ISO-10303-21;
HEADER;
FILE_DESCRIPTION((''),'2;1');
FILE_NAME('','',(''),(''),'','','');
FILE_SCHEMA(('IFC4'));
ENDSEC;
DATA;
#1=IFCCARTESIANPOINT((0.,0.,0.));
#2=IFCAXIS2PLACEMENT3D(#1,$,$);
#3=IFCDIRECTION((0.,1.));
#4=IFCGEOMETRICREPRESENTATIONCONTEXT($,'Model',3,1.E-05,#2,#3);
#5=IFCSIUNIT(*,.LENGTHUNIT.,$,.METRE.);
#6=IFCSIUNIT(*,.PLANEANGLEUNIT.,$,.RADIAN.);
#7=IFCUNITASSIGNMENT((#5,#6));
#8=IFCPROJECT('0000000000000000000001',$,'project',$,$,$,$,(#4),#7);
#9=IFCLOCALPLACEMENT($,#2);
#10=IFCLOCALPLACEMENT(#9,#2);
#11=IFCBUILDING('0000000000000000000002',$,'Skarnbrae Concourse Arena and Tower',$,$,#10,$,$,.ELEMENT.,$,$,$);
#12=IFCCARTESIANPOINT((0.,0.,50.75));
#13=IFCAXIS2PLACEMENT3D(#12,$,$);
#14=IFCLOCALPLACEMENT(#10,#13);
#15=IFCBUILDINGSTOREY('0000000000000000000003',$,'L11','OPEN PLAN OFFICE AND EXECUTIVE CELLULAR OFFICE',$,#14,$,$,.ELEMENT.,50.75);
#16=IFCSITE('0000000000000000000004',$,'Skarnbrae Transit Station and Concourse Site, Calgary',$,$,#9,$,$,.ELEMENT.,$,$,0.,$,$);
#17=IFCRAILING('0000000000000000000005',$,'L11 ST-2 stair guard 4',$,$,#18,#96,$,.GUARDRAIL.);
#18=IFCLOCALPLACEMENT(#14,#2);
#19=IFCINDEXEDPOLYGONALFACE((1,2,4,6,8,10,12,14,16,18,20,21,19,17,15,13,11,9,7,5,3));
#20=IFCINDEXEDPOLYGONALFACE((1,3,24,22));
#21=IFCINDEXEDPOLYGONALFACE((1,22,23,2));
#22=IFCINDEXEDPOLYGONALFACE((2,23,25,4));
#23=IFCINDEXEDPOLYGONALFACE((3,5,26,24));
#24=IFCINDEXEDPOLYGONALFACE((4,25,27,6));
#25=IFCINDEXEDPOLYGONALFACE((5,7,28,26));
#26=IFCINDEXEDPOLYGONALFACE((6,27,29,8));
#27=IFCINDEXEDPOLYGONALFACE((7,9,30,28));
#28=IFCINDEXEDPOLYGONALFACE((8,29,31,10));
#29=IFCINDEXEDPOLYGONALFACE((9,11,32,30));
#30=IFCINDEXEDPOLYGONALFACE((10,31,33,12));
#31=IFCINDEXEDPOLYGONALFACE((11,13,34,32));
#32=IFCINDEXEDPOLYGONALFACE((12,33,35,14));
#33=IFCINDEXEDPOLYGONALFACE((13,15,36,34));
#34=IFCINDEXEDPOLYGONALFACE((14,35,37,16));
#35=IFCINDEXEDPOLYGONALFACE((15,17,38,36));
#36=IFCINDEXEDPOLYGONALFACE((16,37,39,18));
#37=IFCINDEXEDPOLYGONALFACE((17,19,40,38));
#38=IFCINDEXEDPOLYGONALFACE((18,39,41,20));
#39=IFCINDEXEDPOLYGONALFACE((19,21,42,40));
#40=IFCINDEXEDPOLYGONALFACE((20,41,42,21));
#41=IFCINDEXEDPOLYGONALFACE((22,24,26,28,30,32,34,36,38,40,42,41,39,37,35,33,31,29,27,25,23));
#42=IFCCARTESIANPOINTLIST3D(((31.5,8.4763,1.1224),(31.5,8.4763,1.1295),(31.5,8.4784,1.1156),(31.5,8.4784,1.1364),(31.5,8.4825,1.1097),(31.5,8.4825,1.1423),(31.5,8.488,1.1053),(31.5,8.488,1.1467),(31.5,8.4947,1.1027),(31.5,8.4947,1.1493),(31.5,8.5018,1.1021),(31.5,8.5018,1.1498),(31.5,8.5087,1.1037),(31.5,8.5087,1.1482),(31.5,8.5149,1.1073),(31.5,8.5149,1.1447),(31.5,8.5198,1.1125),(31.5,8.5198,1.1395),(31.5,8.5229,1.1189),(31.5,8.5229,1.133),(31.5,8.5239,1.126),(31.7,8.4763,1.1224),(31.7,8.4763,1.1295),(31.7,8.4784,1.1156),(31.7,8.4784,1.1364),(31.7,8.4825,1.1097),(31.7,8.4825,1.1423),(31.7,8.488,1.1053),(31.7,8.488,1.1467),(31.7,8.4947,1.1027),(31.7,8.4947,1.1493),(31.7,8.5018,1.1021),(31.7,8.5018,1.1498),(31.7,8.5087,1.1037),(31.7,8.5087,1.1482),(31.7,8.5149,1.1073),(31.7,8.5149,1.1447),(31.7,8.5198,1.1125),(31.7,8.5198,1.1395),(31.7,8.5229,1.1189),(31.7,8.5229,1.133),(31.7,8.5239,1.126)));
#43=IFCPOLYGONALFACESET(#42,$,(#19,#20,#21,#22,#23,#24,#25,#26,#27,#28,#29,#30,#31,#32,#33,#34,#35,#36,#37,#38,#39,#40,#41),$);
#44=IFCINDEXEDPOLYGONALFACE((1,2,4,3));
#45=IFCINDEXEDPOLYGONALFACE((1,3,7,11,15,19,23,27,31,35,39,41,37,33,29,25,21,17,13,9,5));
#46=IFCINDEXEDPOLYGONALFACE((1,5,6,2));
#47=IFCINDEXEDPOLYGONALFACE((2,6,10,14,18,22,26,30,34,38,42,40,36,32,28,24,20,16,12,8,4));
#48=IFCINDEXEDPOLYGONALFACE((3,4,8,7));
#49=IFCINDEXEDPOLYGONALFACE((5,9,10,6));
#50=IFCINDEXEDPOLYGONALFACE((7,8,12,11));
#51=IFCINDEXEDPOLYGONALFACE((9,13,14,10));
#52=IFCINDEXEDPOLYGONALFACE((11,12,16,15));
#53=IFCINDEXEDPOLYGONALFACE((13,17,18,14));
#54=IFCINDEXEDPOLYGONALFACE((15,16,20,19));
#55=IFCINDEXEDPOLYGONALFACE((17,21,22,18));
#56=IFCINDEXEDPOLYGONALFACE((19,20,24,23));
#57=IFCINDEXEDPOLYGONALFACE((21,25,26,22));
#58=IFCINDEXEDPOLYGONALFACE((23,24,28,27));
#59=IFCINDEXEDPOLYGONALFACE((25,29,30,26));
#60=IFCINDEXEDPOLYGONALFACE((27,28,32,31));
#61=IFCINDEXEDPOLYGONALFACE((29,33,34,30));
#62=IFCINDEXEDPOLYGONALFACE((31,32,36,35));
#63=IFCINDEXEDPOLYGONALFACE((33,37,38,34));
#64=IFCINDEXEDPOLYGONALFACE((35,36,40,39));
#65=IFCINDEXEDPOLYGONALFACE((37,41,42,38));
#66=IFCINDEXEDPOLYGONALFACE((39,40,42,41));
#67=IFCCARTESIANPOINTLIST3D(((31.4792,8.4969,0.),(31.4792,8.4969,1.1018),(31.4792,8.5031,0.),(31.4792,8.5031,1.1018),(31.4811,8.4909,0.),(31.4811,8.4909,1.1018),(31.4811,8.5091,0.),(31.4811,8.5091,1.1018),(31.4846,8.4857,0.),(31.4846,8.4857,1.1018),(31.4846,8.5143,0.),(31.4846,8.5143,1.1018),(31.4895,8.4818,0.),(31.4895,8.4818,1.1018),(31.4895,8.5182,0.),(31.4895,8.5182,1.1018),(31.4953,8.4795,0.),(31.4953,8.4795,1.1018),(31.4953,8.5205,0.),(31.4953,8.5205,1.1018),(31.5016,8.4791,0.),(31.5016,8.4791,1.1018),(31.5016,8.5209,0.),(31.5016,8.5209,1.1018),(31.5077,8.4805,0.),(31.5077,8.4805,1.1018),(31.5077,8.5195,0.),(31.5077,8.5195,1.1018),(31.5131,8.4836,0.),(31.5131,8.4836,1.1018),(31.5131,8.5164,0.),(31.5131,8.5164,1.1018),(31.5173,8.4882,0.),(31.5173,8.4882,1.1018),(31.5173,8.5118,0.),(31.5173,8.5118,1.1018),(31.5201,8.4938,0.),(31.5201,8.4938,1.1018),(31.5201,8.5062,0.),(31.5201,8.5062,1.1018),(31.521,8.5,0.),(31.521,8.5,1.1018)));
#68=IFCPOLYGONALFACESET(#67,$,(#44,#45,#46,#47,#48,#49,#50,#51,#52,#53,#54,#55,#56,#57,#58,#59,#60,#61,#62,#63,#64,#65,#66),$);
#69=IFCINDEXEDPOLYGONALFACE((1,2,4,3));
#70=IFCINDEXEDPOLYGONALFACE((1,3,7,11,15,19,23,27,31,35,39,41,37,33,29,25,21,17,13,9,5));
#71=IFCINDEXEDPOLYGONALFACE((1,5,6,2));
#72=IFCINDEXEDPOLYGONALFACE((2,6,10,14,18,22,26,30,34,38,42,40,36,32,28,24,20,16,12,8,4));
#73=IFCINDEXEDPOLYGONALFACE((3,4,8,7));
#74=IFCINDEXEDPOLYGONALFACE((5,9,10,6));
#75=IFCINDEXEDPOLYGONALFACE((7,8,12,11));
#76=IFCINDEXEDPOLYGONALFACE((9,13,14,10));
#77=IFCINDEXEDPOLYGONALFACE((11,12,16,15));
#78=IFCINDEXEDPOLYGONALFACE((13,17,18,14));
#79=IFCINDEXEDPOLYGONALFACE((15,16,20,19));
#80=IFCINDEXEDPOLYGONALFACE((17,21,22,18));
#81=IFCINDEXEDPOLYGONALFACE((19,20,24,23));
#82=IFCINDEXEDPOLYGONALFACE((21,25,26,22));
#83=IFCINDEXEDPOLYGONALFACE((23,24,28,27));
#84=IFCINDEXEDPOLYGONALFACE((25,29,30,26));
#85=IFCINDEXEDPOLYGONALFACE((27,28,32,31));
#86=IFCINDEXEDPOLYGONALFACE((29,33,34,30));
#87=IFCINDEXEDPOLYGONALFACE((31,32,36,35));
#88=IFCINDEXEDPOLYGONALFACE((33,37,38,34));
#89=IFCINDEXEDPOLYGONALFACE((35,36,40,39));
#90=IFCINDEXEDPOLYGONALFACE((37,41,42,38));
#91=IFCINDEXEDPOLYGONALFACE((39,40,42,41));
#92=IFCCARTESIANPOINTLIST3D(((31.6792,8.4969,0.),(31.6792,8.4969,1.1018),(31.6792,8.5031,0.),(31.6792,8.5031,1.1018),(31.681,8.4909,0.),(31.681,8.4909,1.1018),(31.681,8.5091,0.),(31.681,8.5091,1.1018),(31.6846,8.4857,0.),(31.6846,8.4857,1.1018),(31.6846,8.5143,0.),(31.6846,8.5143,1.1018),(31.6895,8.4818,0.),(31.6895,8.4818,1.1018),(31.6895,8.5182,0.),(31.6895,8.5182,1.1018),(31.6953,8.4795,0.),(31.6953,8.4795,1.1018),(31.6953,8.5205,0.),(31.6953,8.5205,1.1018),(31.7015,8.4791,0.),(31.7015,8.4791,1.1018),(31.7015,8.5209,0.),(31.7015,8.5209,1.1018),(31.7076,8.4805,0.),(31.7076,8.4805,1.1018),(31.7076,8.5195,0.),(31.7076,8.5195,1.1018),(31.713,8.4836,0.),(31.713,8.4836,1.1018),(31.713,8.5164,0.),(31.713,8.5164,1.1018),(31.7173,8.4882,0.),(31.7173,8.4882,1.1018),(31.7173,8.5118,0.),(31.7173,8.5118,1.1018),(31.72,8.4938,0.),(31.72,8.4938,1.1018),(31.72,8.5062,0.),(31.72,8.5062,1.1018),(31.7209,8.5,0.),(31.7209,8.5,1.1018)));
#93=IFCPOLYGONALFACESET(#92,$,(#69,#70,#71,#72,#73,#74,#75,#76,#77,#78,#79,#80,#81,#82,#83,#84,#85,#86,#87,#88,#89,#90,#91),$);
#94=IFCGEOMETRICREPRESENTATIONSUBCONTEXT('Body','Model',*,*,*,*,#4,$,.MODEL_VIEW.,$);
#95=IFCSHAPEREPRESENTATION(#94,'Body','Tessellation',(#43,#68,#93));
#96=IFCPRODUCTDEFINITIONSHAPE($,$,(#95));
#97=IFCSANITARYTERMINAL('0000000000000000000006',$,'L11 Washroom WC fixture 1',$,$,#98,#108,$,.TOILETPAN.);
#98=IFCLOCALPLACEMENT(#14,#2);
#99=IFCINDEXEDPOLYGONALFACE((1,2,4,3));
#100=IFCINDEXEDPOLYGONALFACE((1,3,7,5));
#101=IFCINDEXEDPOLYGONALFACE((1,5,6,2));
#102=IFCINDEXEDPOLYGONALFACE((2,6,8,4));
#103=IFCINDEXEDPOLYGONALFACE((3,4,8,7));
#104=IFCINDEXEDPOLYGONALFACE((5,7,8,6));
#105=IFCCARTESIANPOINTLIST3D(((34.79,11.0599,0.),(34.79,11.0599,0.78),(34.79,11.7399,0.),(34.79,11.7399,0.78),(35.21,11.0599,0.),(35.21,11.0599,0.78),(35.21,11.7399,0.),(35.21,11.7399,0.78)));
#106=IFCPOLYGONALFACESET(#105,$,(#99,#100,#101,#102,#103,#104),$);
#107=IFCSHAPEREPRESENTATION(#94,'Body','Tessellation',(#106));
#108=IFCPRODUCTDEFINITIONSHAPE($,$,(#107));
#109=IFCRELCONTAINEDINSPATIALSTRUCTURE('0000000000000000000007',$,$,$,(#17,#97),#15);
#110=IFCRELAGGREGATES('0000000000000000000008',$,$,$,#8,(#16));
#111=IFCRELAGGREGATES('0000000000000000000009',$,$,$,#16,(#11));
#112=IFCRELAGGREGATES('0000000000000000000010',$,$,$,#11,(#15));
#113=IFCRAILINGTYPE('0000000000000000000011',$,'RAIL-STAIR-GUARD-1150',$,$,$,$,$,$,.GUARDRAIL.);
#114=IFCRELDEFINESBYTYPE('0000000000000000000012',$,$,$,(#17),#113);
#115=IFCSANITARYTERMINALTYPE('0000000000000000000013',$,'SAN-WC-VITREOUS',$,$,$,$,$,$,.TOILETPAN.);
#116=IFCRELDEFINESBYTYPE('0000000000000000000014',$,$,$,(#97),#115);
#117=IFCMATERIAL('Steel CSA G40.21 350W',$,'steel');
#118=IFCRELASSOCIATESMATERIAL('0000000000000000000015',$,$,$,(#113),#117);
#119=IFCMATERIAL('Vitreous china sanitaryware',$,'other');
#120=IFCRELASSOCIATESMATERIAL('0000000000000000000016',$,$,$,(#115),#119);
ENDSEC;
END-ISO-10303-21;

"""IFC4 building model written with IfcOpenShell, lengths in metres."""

from ifc_helpers import new_model, si_unit, direction, frame, origin, origin_2d, place, context, subcontext, project, spatial, rectangle, circle, extrude, source, transform, mapped, material, type_object, element, save


model = new_model("IFC4")

# Units and contexts
model_context = context("Model", 3, precision=1e-05, world=origin(), true_north=direction((0.0, 1.0)))
body_context = subcontext(model_context, "Body", "Model", "MODEL_VIEW")
ifc_project = project(units=[si_unit("LENGTHUNIT", "METRE"), si_unit("PLANEANGLEUNIT", "RADIAN")], contexts=[model_context])

# Site, building, storey
site_placement = place(None, origin())
site = spatial("IfcSite", under=ifc_project, at=site_placement, Name="Skarnbrae Transit Station and Concourse Site, Calgary", CompositionType="ELEMENT", RefElevation=0.0)
building_placement = place(site_placement, origin())
building = spatial("IfcBuilding", under=site, at=building_placement, Name="Skarnbrae Concourse Arena and Tower", CompositionType="ELEMENT")
storey_placement = place(building_placement, frame((0.0, 0.0, 50.75)))
storey = spatial("IfcBuildingStorey", under=building, at=storey_placement, Name="L11", Description="OPEN PLAN OFFICE AND EXECUTIVE CELLULAR OFFICE", CompositionType="ELEMENT", Elevation=50.75)

# Shared definitions
ifc_material_1 = material(Name="Steel CSA G40.21 350W", Category="steel")

# Railing
railing_type_1 = type_object("IfcRailingType", Name="RAIL-STAIR-GUARD-1150", PredefinedType="GUARDRAIL", material=ifc_material_1)
railing_1_placement = place(storey_placement, frame((31.5, 8.5, 0.0)))
element("IfcRailing", 1, at=railing_1_placement, inside=storey, type_object=railing_type_1, Name="L11 ST-2 stair guard 4", PredefinedType="GUARDRAIL", context=body_context, shape_type="SweptSolid", body=[
    extrude(circle(Radius=0.0239, at=origin_2d()), frame((0.0, 0.0, 1.126), z_axis=(1.0, 0.0, 0.0), x_axis=(0.0, 1.0, 0.0)), (0.0, 0.0, 1.0), 0.2),
    extrude(circle(Radius=0.021, at=origin_2d()), origin(), (0.0, 0.0, 1.0), 1.1018),
    extrude(circle(Radius=0.021, at=origin_2d()), frame((0.2, 0.0, 0.0)), (0.0, 0.0, 1.0), 1.1018),
])

# Sanitary terminal
ifc_material_2 = material(Name="Vitreous china sanitaryware", Category="other")
sanitary_terminal_type = type_object("IfcSanitaryTerminalType", Name="SAN-WC-VITREOUS", PredefinedType="TOILETPAN", material=ifc_material_2)
shared_shape_1 = source(origin(), body_context, "Body", "SweptSolid", [
    extrude(rectangle(XDim=0.4199, YDim=0.6799, at=origin_2d()), origin(), (0.0, 0.0, 1.0), 0.78),
])
sanitary_terminal_placement = place(storey_placement, frame((35.0, 11.3999, 0.0), z_axis=(0.0, 0.0, 1.0), x_axis=(1.0, 0.0, 0.0)))
element("IfcSanitaryTerminal", 2, at=sanitary_terminal_placement, inside=storey, type_object=sanitary_terminal_type, Name="L11 Washroom WC fixture 1", PredefinedType="TOILETPAN", context=body_context, shape_type="MappedRepresentation", body=[
    mapped(shared_shape_1, transform((0.0, 0.0, 0.0))),
])

save(model, "model.ifc")
